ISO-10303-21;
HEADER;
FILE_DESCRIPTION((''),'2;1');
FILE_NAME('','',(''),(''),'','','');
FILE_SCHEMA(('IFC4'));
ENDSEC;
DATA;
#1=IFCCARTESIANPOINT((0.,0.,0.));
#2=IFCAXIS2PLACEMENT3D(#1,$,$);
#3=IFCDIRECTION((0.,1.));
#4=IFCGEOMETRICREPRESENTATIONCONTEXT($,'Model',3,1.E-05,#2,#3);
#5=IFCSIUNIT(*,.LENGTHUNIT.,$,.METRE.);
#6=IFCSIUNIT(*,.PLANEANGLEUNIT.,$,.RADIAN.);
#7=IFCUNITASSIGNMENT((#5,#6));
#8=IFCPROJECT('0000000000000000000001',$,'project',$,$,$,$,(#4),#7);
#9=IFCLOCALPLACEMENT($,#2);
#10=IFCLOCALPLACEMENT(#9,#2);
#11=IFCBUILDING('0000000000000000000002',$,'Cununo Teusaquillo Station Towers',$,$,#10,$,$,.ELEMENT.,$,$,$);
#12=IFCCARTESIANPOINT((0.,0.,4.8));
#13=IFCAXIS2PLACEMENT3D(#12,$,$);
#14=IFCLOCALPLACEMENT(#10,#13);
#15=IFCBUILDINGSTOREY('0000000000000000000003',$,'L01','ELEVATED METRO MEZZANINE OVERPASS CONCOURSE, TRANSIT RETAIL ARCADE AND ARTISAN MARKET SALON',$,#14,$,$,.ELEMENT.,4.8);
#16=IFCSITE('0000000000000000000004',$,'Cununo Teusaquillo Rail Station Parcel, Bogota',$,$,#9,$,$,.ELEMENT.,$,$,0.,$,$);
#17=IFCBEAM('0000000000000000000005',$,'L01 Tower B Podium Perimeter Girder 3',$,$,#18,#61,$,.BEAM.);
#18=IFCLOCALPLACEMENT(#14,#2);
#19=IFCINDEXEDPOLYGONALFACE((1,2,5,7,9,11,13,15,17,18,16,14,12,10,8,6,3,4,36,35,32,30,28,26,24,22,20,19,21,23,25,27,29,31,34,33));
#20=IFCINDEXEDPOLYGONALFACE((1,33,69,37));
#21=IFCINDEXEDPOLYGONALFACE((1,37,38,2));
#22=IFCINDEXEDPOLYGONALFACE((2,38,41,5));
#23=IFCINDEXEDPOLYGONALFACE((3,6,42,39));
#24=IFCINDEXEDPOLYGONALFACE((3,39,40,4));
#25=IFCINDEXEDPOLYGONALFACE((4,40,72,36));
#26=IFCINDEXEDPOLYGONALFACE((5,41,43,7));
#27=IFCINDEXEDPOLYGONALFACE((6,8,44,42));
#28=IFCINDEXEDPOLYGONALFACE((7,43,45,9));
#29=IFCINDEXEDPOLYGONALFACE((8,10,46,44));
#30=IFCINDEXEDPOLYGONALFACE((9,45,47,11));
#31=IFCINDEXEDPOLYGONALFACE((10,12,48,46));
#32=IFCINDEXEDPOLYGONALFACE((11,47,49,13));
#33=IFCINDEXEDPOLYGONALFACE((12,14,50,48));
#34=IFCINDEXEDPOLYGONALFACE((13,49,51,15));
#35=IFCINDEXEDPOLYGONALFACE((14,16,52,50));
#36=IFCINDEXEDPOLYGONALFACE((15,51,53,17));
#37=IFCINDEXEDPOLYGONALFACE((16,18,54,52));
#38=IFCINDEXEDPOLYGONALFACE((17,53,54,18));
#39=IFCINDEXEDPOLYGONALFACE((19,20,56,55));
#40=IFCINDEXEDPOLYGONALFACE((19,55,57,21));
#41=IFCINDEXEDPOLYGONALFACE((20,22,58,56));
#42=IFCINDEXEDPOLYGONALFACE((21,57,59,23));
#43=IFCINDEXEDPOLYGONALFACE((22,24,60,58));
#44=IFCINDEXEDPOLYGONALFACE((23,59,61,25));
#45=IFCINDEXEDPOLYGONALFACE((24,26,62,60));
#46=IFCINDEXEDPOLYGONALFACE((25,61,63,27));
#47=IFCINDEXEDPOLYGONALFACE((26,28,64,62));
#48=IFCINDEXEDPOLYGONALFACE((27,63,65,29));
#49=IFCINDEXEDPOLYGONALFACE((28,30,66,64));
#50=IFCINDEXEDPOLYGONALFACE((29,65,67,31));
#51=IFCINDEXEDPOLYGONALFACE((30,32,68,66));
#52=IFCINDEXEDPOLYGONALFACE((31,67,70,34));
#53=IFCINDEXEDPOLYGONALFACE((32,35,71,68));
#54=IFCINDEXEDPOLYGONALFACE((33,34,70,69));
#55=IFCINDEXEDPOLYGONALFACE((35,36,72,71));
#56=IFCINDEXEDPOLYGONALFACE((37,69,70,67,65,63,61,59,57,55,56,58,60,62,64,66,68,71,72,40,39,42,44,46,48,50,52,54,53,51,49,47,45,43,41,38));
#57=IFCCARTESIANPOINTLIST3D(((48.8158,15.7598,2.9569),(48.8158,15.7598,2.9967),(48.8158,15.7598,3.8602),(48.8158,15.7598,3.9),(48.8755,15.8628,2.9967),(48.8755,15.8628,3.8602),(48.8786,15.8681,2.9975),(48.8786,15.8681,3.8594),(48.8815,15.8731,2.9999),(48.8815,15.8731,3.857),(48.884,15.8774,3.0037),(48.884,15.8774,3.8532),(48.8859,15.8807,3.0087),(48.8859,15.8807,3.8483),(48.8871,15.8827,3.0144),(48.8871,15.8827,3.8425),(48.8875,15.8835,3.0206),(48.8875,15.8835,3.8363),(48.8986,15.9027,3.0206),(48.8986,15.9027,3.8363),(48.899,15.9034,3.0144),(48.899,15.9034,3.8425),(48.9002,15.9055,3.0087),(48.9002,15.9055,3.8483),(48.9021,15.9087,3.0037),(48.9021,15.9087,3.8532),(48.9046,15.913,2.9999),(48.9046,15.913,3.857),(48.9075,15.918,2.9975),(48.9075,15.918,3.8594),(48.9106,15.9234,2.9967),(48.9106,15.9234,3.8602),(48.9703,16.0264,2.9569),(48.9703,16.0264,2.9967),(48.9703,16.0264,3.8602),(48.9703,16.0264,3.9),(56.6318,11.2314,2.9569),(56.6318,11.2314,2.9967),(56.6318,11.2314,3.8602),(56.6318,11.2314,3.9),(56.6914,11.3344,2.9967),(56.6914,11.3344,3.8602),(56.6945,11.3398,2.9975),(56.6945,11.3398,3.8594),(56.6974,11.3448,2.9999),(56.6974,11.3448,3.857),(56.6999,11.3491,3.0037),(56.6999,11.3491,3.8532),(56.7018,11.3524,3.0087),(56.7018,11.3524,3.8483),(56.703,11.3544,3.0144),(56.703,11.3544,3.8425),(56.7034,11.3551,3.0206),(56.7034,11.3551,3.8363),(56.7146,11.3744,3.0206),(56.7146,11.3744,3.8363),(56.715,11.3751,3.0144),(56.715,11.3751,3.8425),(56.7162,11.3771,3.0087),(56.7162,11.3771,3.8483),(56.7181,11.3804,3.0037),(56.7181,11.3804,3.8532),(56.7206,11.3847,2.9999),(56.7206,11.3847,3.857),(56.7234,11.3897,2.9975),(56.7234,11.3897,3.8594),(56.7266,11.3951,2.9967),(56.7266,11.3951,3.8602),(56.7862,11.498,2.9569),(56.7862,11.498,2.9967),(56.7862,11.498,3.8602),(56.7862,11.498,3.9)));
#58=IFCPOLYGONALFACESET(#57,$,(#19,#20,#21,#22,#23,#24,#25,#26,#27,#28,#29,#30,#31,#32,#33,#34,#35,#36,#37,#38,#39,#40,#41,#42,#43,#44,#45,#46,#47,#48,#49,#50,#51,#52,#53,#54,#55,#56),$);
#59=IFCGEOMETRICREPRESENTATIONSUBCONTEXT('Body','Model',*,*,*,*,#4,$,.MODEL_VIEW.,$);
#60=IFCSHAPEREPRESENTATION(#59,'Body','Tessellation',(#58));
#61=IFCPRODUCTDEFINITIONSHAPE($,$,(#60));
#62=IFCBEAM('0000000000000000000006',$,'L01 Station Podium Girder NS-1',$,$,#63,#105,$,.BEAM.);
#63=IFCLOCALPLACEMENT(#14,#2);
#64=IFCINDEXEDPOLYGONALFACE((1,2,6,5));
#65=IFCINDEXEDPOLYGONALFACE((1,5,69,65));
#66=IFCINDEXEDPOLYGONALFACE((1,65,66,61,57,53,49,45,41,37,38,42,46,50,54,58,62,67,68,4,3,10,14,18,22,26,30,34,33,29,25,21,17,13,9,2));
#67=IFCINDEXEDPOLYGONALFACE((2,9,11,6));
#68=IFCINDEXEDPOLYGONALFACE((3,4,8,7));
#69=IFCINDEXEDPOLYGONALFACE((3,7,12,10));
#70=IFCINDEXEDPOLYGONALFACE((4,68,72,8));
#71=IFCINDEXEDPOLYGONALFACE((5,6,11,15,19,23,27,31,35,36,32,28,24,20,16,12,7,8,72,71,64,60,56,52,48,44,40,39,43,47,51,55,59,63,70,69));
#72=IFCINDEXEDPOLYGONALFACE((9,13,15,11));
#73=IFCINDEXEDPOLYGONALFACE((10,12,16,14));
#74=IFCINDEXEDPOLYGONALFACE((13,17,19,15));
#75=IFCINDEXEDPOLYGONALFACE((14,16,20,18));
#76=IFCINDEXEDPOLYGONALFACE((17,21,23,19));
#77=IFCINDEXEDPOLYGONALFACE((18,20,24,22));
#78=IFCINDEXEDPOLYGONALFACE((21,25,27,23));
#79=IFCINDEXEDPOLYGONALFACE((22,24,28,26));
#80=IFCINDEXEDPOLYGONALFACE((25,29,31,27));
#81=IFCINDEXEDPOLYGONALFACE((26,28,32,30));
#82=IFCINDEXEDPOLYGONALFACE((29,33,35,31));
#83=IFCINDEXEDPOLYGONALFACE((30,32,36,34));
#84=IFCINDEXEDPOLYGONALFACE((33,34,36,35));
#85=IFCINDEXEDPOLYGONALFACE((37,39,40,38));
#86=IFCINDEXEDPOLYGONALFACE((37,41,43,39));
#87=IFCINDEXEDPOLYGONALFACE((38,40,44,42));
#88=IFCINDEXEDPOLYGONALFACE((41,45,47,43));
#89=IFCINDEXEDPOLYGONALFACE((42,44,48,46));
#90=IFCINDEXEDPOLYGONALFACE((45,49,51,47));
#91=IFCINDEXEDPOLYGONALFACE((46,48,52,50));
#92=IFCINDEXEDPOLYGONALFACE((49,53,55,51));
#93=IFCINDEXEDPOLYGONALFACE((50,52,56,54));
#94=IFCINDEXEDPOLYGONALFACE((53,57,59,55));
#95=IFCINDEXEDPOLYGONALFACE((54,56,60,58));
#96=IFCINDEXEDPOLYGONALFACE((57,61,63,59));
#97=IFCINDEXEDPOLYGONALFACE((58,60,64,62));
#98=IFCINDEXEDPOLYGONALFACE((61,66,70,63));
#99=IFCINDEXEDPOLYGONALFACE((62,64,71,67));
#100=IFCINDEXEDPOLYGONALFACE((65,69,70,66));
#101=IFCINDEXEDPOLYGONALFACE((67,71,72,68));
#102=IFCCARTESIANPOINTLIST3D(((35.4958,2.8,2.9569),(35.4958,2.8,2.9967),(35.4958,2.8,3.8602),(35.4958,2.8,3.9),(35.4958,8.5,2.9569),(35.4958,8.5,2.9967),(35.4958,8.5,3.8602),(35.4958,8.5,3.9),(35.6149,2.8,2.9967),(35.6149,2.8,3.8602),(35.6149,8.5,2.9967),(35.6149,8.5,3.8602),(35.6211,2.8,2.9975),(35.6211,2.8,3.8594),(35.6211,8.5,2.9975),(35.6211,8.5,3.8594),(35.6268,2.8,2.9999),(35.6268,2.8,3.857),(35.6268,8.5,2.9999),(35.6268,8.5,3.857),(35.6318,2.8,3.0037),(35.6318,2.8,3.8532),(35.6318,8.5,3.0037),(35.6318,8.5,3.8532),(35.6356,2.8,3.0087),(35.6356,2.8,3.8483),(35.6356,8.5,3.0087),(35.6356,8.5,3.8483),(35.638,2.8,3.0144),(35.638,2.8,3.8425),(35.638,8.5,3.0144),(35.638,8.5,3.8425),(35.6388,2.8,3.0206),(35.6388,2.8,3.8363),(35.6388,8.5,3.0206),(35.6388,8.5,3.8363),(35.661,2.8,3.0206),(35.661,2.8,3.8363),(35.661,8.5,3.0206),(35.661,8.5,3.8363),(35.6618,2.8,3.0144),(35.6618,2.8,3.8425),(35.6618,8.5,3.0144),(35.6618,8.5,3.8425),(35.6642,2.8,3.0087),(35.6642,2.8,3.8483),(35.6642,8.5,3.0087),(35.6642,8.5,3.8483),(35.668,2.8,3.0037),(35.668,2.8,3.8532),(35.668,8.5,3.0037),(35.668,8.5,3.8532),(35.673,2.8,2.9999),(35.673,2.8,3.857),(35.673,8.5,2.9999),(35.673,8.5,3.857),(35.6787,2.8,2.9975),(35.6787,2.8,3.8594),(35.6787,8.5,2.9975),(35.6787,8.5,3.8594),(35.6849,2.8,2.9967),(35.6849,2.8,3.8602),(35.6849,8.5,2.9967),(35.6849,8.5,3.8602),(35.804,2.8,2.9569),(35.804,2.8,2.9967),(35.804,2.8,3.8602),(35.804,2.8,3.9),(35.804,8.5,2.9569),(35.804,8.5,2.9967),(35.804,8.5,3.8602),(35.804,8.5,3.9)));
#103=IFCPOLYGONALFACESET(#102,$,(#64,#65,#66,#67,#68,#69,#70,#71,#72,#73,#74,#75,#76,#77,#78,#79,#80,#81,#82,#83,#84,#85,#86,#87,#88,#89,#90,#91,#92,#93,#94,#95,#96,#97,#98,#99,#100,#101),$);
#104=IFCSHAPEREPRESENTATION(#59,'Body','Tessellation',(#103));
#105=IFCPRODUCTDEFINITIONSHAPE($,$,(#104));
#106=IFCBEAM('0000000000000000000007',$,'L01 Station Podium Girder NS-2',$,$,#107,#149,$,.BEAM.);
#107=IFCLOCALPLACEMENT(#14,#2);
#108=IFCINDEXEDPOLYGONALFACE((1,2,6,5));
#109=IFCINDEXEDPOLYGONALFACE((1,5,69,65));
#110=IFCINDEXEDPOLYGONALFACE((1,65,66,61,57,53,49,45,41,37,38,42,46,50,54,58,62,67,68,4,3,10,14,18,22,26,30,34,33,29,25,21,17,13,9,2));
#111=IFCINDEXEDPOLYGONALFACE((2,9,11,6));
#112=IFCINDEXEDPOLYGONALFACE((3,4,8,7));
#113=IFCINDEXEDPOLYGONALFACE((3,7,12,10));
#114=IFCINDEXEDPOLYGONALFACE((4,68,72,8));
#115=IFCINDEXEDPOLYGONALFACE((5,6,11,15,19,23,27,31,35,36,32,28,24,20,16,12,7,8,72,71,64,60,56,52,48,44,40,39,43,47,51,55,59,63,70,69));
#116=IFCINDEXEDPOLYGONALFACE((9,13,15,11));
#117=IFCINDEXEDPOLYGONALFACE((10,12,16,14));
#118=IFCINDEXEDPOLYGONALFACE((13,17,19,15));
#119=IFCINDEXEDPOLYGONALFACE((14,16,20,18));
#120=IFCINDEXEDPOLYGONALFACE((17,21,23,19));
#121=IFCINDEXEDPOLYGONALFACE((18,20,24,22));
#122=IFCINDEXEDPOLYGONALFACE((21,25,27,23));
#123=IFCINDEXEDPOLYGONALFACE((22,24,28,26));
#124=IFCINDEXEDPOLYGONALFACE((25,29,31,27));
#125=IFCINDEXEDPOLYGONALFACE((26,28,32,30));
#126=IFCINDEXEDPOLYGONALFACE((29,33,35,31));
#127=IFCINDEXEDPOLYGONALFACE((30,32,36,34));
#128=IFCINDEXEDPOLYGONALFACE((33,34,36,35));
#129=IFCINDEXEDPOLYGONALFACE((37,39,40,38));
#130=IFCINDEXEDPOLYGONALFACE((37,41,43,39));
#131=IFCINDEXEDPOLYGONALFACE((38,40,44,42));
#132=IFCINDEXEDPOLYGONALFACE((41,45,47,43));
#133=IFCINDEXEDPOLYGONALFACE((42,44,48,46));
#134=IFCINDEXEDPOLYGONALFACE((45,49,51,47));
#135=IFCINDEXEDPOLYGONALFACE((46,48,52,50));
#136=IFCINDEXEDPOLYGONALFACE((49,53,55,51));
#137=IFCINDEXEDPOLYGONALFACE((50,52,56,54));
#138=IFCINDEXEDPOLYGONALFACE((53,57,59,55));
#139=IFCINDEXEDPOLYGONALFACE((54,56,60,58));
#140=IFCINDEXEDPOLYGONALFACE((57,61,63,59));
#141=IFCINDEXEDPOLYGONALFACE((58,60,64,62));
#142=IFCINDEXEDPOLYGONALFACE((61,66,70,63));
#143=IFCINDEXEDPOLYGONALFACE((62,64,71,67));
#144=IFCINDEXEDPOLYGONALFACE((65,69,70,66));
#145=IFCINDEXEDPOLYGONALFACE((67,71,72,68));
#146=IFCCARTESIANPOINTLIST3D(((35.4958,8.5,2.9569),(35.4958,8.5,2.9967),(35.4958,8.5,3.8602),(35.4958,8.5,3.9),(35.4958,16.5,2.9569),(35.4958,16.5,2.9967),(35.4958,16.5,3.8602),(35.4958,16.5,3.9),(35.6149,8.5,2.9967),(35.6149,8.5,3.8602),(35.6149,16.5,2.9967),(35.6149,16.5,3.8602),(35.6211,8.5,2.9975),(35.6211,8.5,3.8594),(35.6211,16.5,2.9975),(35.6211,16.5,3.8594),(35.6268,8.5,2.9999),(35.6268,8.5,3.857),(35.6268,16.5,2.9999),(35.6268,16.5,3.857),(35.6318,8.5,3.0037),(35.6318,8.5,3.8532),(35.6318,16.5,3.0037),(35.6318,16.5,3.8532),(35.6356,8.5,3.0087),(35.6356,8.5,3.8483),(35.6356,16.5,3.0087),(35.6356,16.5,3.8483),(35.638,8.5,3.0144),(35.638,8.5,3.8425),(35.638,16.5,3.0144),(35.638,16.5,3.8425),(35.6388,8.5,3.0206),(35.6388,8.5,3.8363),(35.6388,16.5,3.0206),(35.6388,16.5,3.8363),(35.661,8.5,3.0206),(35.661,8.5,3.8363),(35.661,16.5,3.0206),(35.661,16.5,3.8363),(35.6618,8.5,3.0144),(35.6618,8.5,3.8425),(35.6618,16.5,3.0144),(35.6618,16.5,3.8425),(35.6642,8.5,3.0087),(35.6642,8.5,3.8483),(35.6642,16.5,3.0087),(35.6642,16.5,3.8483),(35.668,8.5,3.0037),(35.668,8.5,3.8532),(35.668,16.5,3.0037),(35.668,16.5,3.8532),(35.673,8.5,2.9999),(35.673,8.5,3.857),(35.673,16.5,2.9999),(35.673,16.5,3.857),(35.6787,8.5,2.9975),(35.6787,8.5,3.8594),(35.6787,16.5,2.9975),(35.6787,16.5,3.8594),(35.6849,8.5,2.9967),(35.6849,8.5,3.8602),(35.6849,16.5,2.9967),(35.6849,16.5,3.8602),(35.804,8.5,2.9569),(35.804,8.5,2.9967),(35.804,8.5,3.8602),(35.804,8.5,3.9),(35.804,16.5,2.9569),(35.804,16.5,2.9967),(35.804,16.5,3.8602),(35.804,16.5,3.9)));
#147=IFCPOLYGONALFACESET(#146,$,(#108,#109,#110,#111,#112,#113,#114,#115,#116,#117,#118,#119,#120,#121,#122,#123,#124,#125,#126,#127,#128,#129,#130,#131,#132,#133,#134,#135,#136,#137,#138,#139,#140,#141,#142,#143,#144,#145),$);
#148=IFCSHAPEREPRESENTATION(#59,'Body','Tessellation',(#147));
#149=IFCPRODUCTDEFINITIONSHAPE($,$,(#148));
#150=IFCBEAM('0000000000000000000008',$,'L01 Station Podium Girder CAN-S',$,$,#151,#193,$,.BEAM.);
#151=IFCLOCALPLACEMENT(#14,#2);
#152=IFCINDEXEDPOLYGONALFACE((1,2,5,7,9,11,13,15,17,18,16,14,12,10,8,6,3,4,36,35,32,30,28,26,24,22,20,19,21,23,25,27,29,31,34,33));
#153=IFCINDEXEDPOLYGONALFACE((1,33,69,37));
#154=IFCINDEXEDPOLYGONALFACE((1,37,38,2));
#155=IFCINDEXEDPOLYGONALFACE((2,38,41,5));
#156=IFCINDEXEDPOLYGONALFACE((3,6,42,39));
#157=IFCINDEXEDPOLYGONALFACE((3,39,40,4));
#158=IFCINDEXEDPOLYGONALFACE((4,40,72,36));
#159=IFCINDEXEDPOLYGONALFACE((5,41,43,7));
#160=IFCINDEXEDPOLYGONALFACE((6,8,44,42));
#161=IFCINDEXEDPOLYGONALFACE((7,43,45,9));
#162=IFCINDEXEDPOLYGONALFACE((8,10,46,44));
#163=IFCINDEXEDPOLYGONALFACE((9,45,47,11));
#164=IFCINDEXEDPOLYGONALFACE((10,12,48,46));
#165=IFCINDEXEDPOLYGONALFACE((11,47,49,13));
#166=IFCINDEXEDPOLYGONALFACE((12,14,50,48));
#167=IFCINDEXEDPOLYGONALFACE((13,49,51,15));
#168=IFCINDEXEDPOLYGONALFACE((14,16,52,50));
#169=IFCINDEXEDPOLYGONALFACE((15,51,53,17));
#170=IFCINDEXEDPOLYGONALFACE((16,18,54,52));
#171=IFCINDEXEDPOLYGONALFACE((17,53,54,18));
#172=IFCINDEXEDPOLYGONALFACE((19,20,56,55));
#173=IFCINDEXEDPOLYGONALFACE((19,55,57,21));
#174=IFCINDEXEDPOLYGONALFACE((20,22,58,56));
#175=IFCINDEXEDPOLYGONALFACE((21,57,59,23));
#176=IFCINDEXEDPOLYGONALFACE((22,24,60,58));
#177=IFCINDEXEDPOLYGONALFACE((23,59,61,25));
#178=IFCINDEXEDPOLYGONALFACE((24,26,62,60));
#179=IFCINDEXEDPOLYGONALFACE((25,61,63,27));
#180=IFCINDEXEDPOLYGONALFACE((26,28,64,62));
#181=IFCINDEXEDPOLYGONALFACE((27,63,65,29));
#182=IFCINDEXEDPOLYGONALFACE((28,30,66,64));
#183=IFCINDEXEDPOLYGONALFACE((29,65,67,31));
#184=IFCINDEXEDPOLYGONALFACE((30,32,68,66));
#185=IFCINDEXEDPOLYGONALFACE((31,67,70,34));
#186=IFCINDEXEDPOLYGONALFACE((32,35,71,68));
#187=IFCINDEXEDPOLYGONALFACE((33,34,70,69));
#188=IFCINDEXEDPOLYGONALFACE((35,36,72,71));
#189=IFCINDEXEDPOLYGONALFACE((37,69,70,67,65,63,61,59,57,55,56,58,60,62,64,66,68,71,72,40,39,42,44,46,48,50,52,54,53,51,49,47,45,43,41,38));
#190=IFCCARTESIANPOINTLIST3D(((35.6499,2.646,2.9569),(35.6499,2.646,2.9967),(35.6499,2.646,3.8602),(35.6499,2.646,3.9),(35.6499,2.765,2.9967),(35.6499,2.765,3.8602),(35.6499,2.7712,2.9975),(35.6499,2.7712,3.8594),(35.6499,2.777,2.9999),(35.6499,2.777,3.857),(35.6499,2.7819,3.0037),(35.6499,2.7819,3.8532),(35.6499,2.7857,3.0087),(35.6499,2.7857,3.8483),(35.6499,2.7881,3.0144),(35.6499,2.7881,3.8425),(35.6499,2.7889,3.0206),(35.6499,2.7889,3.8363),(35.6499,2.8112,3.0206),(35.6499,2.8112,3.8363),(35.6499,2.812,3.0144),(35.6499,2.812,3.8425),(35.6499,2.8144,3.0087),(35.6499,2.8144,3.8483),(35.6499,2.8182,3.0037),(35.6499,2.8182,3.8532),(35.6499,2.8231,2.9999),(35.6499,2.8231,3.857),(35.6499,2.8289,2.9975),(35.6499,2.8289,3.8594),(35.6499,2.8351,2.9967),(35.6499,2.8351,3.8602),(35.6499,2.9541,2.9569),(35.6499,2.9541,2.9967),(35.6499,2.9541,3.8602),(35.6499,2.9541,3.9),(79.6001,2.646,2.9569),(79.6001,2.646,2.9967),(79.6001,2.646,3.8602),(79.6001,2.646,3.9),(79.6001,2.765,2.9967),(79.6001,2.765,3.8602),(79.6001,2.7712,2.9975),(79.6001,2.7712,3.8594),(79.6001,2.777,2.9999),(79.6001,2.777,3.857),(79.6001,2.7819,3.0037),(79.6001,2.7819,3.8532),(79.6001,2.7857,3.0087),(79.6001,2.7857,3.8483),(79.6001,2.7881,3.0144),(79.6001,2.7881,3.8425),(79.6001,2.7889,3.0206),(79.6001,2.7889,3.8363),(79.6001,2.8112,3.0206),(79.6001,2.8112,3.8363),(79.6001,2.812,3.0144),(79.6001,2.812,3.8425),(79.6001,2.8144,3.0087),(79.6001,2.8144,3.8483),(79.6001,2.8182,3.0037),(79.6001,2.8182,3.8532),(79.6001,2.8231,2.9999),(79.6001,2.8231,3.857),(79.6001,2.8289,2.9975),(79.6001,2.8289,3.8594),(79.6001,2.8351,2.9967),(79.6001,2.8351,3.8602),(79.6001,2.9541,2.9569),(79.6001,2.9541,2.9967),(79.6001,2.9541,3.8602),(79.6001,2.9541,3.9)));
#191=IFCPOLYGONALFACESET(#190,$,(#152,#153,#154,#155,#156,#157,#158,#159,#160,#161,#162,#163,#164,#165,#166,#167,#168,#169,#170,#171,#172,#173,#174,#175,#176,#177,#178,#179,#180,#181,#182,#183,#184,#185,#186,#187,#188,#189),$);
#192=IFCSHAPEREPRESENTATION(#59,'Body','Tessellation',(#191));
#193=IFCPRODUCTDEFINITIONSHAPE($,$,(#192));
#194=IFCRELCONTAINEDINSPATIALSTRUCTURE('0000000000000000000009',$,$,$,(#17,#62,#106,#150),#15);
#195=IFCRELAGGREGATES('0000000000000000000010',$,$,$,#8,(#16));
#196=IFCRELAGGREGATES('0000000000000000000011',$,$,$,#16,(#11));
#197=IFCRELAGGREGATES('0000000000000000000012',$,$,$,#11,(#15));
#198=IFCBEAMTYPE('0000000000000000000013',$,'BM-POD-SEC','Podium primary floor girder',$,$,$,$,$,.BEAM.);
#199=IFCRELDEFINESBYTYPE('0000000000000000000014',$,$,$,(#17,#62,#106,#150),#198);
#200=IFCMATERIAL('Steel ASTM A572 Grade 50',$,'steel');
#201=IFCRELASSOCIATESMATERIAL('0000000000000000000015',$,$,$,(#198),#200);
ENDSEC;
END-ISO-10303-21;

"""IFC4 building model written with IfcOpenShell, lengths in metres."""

from ifc_helpers import new_model, si_unit, direction, frame, origin, origin_2d, place, context, subcontext, project, spatial, i_section, extrude, material, material_profile, profile_set, type_object, element, save


model = new_model("IFC4")

# Units and contexts
model_context = context("Model", 3, precision=1e-05, world=origin(), true_north=direction((0.0, 1.0)))
body_context = subcontext(model_context, "Body", "Model", "MODEL_VIEW")
ifc_project = project(units=[si_unit("LENGTHUNIT", "METRE"), si_unit("PLANEANGLEUNIT", "RADIAN")], contexts=[model_context])

# Site, building, storey
site_placement = place(None, origin())
site = spatial("IfcSite", under=ifc_project, at=site_placement, Name="Cununo Teusaquillo Rail Station Parcel, Bogota", CompositionType="ELEMENT", RefElevation=0.0)
building_placement = place(site_placement, origin())
building = spatial("IfcBuilding", under=site, at=building_placement, Name="Cununo Teusaquillo Station Towers", CompositionType="ELEMENT")
storey_placement = place(building_placement, frame((0.0, 0.0, 4.8)))
storey = spatial("IfcBuildingStorey", under=building, at=storey_placement, Name="L01", Description="ELEVATED METRO MEZZANINE OVERPASS CONCOURSE, TRANSIT RETAIL ARCADE AND ARTISAN MARKET SALON", CompositionType="ELEMENT", Elevation=4.8)

# Beams
ifc_material_1 = material(Name="Steel ASTM A572 Grade 50", Category="steel")
ifc_material_profile_1 = material_profile(ifc_material_1, i_section(OverallWidth=0.3081, OverallDepth=0.9431, WebThickness=0.0222, FlangeThickness=0.0398, FilletRadius=0.0239, at=origin_2d()), Name="W36X232")
ifc_profile_set_1 = profile_set([ifc_material_profile_1], Name="Steel ASTM A572 Grade 50")
beam_type_1 = type_object("IfcBeamType", Name="BM-POD-SEC", Description="Podium primary floor girder", PredefinedType="BEAM", material=ifc_profile_set_1)
beam_1_placement = place(storey_placement, frame((48.8931, 15.8931, 3.4285), z_axis=(0.865267, -0.501311, 0.0), x_axis=(0.501311, 0.865267, 0.0)))
element("IfcBeam", 1, at=beam_1_placement, inside=storey, type_object=beam_type_1, Name="L01 Tower B Podium Perimeter Girder 3", PredefinedType="BEAM", context=body_context, shape_type="SweptSolid", body=[
    extrude(i_section(OverallWidth=0.3081, OverallDepth=0.9431, WebThickness=0.0222, FlangeThickness=0.0398, FilletRadius=0.0239, at=origin_2d()), origin(), (0.0, 0.0, 1.0), 9.033),
])
beam_2_placement = place(storey_placement, frame((35.6499, 2.8, 3.4285), z_axis=(0.0, 1.0, 0.0), x_axis=(-1.0, 0.0, 0.0)))
element("IfcBeam", 2, at=beam_2_placement, inside=storey, type_object=beam_type_1, Name="L01 Station Podium Girder NS-1", PredefinedType="BEAM", context=body_context, shape_type="SweptSolid", body=[
    extrude(i_section(OverallWidth=0.3081, OverallDepth=0.9431, WebThickness=0.0222, FlangeThickness=0.0398, FilletRadius=0.0239, at=origin_2d()), origin(), (0.0, 0.0, 1.0), 5.7),
])
beam_3_placement = place(storey_placement, frame((35.6499, 8.5, 3.4285), z_axis=(0.0, 1.0, 0.0), x_axis=(-1.0, 0.0, 0.0)))
element("IfcBeam", 3, at=beam_3_placement, inside=storey, type_object=beam_type_1, Name="L01 Station Podium Girder NS-2", PredefinedType="BEAM", context=body_context, shape_type="SweptSolid", body=[
    extrude(i_section(OverallWidth=0.3081, OverallDepth=0.9431, WebThickness=0.0222, FlangeThickness=0.0398, FilletRadius=0.0239, at=origin_2d()), origin(), (0.0, 0.0, 1.0), 8.0),
])
beam_4_placement = place(storey_placement, frame((35.6499, 2.8, 3.4285), z_axis=(1.0, 0.0, 0.0), x_axis=(0.0, 1.0, 0.0)))
element("IfcBeam", 4, at=beam_4_placement, inside=storey, type_object=beam_type_1, Name="L01 Station Podium Girder CAN-S", PredefinedType="BEAM", context=body_context, shape_type="SweptSolid", body=[
    extrude(i_section(OverallWidth=0.3081, OverallDepth=0.9431, WebThickness=0.0222, FlangeThickness=0.0398, FilletRadius=0.0239, at=origin_2d()), origin(), (0.0, 0.0, 1.0), 43.9502),
])

save(model, "model.ifc")
